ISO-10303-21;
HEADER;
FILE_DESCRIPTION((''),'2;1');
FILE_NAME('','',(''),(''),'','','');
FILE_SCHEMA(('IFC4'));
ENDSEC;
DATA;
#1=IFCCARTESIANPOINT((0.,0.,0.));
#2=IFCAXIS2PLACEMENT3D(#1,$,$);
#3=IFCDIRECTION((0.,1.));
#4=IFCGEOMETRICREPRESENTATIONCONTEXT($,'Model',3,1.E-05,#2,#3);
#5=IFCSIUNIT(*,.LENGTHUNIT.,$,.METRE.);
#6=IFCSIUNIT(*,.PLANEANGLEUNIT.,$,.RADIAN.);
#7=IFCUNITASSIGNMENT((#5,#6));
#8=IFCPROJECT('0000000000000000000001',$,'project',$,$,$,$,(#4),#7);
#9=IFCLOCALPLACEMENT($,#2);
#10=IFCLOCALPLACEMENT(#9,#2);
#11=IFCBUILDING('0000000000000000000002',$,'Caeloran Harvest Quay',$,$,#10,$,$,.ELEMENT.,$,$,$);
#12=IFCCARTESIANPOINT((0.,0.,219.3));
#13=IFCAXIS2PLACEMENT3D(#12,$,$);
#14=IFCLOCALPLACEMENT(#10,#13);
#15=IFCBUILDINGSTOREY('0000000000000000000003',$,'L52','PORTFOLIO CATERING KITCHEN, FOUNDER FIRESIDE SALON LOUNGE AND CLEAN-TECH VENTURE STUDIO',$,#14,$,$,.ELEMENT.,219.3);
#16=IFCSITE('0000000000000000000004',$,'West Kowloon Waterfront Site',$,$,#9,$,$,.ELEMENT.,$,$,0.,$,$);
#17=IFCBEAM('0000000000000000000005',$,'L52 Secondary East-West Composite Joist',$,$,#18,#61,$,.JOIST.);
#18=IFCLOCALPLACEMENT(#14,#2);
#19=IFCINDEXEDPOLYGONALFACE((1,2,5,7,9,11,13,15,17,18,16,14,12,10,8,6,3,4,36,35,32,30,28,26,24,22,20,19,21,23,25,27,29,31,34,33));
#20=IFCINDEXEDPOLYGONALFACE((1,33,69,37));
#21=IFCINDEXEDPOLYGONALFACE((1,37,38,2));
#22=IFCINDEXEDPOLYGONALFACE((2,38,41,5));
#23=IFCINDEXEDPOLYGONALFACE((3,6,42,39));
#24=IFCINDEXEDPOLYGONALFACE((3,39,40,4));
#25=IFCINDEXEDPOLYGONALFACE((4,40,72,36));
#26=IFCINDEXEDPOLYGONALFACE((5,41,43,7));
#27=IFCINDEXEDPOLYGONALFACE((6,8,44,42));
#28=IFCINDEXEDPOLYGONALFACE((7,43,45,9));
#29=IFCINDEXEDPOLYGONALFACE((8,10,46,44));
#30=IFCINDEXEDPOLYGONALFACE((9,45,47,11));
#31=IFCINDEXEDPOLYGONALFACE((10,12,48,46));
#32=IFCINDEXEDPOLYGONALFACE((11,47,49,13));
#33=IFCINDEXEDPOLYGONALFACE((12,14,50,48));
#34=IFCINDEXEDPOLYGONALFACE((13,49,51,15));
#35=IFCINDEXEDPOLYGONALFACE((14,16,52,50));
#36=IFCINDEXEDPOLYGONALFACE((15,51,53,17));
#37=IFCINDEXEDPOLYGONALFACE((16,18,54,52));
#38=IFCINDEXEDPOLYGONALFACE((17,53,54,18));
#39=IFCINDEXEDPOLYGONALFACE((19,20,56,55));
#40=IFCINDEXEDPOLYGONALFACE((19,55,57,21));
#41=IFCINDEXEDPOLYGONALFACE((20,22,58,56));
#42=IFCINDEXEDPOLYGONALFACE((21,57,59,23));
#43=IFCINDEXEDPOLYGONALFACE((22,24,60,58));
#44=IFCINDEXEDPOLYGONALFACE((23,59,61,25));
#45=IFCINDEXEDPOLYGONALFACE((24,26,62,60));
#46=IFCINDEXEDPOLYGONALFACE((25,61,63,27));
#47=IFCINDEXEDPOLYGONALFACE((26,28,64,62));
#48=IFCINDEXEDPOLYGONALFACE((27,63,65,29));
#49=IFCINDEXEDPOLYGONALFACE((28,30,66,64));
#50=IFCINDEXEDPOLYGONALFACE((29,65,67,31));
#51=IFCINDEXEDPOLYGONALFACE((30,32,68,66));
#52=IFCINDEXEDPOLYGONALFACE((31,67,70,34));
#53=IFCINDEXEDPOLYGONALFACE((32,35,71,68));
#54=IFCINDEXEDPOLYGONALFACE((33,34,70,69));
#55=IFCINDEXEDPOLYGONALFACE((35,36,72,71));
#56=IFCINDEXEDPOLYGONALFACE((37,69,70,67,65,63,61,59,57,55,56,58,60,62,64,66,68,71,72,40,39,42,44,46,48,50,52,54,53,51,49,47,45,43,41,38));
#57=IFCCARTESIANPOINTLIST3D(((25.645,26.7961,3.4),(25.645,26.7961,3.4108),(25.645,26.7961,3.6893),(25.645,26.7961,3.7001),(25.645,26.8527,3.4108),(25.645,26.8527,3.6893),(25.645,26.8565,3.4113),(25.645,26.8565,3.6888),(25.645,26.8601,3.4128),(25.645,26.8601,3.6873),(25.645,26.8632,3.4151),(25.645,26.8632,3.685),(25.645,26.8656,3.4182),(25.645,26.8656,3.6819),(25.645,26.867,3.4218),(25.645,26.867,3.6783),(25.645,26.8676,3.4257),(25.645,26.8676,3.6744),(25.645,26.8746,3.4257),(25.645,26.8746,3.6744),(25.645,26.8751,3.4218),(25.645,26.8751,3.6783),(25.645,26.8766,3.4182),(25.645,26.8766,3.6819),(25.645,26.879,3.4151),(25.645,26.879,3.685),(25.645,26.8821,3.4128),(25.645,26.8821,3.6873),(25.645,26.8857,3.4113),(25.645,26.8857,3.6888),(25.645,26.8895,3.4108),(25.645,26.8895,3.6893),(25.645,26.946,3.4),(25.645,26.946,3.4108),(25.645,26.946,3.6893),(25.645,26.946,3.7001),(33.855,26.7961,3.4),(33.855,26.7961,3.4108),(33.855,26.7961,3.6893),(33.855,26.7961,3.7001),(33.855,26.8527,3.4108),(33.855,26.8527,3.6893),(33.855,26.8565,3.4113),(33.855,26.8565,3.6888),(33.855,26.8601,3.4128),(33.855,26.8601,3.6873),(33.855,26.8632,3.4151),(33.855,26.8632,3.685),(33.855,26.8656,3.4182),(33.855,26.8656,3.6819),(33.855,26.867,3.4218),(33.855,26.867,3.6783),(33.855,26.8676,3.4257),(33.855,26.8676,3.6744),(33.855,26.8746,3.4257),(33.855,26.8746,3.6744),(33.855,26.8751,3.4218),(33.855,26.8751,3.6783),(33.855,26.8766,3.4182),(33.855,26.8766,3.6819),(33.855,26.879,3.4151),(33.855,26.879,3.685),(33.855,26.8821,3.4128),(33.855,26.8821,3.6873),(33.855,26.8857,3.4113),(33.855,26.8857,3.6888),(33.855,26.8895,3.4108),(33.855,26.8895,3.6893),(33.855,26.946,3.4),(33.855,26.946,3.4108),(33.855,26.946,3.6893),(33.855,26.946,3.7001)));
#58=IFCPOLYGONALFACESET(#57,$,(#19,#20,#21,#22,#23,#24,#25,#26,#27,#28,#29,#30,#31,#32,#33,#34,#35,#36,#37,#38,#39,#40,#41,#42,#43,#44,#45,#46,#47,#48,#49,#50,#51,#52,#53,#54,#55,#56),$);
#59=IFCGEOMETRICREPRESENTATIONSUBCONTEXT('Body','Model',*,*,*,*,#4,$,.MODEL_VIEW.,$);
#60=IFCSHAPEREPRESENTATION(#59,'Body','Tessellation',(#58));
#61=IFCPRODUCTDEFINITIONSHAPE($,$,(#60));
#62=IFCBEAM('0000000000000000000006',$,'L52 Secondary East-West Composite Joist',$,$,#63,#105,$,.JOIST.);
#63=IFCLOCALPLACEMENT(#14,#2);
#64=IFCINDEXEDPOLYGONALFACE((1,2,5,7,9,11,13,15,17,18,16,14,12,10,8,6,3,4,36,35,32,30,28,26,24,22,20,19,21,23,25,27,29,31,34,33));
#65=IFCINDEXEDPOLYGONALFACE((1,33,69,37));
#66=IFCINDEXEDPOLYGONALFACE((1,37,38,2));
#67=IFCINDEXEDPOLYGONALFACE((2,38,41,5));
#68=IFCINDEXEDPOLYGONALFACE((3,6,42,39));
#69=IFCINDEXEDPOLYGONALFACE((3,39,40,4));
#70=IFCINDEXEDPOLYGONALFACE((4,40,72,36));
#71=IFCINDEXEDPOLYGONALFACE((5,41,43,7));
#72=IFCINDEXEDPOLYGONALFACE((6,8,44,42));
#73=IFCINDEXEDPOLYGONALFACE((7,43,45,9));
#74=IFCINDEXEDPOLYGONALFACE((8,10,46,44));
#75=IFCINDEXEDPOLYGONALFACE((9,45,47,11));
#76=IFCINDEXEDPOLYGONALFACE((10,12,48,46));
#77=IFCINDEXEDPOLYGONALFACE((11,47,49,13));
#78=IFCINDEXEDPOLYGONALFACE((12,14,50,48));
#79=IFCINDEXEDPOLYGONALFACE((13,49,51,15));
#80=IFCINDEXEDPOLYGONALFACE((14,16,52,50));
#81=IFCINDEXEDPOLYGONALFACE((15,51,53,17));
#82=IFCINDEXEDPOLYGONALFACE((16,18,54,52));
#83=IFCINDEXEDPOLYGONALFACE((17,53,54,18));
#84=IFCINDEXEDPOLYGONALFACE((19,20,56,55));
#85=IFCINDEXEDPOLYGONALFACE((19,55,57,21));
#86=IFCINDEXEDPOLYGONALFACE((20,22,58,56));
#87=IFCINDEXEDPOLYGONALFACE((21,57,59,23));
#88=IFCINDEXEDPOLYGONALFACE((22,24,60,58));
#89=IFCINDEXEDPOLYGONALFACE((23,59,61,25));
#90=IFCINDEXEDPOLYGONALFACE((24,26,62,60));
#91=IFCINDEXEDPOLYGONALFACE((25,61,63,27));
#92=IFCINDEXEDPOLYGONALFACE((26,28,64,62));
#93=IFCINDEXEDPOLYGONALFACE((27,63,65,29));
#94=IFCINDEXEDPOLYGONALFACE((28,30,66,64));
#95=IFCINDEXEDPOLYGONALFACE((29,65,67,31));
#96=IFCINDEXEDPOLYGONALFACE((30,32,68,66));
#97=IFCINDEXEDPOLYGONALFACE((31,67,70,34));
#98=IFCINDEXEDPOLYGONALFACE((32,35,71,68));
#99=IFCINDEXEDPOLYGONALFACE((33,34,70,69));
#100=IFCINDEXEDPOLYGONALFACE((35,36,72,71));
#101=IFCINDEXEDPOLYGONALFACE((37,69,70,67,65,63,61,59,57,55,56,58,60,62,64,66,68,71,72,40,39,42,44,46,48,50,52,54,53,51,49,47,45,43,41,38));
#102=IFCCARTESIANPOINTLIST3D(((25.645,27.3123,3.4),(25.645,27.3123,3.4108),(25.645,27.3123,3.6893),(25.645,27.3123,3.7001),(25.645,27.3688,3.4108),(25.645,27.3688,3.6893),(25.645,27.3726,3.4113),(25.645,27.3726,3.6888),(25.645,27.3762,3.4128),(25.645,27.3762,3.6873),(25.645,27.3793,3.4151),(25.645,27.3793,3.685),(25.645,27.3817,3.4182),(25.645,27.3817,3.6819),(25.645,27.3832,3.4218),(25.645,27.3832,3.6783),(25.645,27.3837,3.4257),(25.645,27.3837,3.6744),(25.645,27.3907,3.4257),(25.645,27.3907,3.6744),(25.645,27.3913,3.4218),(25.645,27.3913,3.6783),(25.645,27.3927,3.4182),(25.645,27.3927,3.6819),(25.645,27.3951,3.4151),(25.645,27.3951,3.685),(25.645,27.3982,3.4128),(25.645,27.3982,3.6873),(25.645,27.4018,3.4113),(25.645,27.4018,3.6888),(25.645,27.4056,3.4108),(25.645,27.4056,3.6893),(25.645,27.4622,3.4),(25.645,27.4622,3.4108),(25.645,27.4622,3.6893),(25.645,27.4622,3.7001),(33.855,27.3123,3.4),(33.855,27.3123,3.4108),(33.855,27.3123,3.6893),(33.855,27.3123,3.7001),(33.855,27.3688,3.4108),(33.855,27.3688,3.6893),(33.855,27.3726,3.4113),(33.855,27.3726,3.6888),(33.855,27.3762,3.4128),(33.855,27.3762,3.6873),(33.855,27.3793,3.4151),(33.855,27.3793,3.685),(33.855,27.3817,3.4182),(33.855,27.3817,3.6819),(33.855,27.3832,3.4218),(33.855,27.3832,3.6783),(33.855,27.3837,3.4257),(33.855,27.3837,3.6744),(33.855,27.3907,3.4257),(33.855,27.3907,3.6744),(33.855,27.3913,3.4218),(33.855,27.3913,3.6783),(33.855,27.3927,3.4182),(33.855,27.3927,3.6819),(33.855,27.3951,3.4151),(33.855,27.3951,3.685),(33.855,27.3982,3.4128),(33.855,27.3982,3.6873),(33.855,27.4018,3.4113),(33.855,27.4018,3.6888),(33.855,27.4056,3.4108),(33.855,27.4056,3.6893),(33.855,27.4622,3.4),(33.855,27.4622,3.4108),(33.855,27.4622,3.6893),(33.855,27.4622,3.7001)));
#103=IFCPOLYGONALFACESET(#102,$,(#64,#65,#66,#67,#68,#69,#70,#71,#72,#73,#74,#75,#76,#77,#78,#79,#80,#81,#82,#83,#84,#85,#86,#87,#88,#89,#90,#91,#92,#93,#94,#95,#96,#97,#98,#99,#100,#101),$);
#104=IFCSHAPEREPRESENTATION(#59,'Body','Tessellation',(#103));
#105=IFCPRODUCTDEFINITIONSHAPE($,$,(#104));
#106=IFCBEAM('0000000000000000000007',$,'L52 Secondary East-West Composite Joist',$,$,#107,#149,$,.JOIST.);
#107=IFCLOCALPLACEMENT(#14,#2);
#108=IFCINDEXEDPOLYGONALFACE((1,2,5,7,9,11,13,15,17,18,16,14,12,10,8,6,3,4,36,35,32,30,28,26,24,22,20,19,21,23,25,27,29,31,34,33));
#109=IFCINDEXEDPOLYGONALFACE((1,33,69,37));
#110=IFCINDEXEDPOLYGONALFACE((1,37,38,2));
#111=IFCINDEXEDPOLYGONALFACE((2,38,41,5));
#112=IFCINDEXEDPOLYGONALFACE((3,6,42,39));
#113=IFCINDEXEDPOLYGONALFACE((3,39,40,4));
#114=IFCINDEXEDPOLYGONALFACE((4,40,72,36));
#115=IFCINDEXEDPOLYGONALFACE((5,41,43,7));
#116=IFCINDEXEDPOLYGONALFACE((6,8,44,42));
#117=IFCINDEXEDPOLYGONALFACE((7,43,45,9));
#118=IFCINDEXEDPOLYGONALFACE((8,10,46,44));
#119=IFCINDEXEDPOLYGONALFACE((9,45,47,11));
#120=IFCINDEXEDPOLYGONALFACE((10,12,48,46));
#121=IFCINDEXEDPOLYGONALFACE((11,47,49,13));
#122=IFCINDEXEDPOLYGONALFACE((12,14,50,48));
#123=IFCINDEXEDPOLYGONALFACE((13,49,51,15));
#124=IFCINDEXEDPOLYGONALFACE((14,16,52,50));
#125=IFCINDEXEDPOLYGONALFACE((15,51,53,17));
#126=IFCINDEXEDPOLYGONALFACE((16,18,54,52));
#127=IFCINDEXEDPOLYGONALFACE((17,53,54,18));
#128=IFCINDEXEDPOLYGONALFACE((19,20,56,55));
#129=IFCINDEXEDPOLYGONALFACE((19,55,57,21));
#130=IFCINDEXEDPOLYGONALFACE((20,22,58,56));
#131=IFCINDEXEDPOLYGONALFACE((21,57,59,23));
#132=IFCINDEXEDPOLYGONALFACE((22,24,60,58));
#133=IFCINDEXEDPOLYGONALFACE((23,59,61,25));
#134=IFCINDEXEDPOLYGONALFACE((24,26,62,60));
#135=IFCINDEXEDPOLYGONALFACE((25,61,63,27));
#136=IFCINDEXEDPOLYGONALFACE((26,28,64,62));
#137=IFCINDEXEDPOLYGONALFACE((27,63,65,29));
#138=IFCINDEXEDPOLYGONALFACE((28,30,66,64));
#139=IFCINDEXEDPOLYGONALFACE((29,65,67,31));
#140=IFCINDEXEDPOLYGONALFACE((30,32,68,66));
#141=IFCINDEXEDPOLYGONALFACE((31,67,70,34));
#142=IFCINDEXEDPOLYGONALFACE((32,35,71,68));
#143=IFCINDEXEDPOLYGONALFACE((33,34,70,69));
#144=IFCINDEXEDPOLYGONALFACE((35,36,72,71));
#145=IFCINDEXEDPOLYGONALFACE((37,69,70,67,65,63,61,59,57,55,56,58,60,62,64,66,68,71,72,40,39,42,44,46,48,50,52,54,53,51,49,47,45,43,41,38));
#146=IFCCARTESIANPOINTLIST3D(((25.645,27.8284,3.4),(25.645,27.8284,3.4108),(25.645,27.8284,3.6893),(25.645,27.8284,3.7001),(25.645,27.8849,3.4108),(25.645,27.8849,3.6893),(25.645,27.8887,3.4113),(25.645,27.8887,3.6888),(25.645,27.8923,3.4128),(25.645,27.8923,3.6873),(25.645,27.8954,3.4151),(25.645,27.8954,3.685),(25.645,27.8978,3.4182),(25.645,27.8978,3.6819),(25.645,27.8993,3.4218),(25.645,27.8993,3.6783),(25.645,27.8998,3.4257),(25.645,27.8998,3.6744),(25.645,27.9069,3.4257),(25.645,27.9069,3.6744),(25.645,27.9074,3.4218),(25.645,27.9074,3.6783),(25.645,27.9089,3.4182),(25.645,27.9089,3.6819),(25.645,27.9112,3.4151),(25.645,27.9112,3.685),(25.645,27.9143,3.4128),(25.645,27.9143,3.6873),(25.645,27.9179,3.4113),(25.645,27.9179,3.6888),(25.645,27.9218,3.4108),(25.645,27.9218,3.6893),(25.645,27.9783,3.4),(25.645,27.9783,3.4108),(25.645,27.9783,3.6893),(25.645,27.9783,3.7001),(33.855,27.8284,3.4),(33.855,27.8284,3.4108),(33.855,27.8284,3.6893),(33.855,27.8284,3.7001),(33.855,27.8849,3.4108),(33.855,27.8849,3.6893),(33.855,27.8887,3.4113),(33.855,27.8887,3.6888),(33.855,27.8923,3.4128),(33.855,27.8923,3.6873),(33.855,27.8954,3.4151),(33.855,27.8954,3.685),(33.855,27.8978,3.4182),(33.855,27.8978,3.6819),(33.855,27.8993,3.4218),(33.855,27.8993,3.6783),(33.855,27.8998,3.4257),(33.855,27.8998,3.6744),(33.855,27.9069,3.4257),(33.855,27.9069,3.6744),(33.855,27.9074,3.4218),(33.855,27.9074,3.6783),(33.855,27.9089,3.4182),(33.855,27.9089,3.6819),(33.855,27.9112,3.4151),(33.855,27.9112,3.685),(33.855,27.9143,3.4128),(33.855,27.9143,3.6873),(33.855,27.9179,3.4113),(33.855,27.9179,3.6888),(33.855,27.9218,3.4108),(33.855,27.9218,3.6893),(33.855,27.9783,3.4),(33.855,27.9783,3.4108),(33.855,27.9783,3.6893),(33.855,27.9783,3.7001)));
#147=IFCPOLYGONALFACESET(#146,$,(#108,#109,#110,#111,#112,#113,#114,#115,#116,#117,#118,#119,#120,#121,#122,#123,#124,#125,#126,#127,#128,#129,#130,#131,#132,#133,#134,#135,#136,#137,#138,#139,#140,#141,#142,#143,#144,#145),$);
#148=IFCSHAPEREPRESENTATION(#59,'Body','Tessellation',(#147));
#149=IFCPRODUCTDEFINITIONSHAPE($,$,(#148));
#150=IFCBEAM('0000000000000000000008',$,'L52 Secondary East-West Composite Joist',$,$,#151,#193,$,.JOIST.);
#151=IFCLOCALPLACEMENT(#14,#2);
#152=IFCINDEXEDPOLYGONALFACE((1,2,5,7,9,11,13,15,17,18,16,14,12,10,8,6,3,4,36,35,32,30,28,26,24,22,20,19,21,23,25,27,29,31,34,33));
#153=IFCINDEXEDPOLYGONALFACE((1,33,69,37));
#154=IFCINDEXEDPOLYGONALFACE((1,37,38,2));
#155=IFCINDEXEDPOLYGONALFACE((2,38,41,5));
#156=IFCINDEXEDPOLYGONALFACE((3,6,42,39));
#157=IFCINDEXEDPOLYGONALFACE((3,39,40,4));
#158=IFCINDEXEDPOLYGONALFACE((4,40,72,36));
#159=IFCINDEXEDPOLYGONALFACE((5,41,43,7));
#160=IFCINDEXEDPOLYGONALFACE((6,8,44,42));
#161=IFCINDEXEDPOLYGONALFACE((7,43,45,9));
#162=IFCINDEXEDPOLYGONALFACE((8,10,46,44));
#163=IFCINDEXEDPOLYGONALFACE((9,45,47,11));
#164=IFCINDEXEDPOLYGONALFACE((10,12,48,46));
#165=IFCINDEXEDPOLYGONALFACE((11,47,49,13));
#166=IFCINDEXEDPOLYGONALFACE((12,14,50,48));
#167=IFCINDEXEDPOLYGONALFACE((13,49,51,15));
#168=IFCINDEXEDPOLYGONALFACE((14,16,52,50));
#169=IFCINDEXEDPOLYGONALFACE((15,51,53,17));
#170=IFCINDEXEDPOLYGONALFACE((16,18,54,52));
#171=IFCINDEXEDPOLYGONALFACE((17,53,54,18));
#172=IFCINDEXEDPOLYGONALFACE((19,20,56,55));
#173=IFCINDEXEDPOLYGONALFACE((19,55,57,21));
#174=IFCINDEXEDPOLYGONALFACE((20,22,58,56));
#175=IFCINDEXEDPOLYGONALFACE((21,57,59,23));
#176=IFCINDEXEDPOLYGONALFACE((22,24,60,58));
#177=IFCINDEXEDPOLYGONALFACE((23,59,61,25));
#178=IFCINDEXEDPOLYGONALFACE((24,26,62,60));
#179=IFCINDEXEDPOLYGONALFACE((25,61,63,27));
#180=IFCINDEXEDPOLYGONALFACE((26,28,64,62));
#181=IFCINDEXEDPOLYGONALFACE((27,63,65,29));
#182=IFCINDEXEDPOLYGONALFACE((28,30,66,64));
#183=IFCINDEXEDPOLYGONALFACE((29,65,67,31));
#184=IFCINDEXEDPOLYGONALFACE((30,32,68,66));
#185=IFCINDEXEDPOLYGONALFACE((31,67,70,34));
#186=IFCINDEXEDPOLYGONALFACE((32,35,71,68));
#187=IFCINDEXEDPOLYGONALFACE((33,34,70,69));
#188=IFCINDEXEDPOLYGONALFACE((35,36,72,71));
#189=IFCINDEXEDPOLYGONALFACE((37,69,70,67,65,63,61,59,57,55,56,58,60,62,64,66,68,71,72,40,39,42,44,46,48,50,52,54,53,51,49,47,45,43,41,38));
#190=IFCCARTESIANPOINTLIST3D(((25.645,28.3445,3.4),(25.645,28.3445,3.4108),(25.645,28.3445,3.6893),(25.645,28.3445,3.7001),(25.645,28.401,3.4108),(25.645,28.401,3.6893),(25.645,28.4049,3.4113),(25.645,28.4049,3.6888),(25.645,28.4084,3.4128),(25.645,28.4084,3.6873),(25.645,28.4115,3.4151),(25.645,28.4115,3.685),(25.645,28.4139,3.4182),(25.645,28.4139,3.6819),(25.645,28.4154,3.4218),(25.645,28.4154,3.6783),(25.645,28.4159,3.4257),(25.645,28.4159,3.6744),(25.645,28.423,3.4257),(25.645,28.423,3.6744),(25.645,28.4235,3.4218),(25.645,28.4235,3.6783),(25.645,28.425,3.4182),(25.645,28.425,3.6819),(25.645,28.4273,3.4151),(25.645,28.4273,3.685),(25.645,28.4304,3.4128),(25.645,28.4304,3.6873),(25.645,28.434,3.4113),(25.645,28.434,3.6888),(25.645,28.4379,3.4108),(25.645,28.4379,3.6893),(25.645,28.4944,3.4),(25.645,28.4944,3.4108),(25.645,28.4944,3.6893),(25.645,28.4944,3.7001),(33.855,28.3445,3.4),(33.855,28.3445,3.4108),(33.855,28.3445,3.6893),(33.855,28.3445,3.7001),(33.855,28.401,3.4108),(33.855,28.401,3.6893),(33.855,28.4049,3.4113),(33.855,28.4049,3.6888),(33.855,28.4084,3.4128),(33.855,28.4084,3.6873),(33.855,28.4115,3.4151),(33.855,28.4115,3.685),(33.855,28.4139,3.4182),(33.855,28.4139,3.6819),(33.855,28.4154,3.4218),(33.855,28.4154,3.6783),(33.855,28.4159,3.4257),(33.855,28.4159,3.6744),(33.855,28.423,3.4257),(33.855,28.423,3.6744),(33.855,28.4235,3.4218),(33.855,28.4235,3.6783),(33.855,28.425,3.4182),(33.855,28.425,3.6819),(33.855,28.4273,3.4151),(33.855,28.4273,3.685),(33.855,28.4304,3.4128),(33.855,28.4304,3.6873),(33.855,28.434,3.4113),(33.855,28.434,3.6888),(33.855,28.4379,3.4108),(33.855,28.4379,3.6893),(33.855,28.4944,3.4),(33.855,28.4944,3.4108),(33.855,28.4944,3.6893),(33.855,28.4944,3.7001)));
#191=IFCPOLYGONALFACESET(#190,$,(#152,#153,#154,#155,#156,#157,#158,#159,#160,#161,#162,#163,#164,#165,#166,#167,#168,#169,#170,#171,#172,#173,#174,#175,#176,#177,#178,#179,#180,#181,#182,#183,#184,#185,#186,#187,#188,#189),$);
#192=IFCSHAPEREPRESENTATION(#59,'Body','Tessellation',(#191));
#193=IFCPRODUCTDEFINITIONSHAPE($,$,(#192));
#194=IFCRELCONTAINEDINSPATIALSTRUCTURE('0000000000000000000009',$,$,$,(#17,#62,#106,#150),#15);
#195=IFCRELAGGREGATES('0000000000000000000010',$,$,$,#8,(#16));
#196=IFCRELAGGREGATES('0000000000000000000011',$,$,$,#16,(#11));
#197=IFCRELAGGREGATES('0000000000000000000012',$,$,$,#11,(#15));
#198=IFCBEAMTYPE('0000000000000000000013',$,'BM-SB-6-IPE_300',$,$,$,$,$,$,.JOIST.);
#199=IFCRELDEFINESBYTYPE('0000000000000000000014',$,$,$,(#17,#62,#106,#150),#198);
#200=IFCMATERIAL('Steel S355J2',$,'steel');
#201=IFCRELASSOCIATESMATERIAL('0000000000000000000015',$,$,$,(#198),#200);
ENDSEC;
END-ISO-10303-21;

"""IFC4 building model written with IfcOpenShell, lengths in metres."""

from ifc_helpers import new_model, si_unit, direction, frame, origin, origin_2d, place, context, subcontext, project, spatial, i_section, extrude, material, material_profile, profile_set, type_object, element, save


model = new_model("IFC4")

# Units and contexts
model_context = context("Model", 3, precision=1e-05, world=origin(), true_north=direction((0.0, 1.0)))
body_context = subcontext(model_context, "Body", "Model", "MODEL_VIEW")
ifc_project = project(units=[si_unit("LENGTHUNIT", "METRE"), si_unit("PLANEANGLEUNIT", "RADIAN")], contexts=[model_context])

# Site, building, storey
site_placement = place(None, origin())
site = spatial("IfcSite", under=ifc_project, at=site_placement, Name="West Kowloon Waterfront Site", CompositionType="ELEMENT", RefElevation=0.0)
building_placement = place(site_placement, origin())
building = spatial("IfcBuilding", under=site, at=building_placement, Name="Caeloran Harvest Quay", CompositionType="ELEMENT")
storey_placement = place(building_placement, frame((0.0, 0.0, 219.3)))
storey = spatial("IfcBuildingStorey", under=building, at=storey_placement, Name="L52", Description="PORTFOLIO CATERING KITCHEN, FOUNDER FIRESIDE SALON LOUNGE AND CLEAN-TECH VENTURE STUDIO", CompositionType="ELEMENT", Elevation=219.3)

# Beams
ifc_material_1 = material(Name="Steel S355J2", Category="steel")
ifc_material_profile_1 = material_profile(ifc_material_1, i_section(OverallWidth=0.1499, OverallDepth=0.3, WebThickness=0.0071, FlangeThickness=0.0107, FilletRadius=0.0149, at=origin_2d()), Name="IPE 300")
ifc_profile_set_1 = profile_set([ifc_material_profile_1], Name="Steel S355J2")
beam_type_1 = type_object("IfcBeamType", Name="BM-SB-6-IPE_300", PredefinedType="JOIST", material=ifc_profile_set_1)
for number, where, z_axis, x_axis, name in (
    (1, (25.645, 26.8711, 3.55), (1.0, 0.0, 0.0), (0.0, 1.0, 0.0), "L52 Secondary East-West Composite Joist"),
    (2, (25.645, 27.3872, 3.55), (1.0, 0.0, 0.0), (0.0, 1.0, 0.0), "L52 Secondary East-West Composite Joist"),
    (3, (25.645, 27.9033, 3.55), (1.0, 0.0, 0.0), (0.0, 1.0, 0.0), "L52 Secondary East-West Composite Joist"),
    (4, (25.645, 28.4194, 3.55), (1.0, 0.0, 0.0), (0.0, 1.0, 0.0), "L52 Secondary East-West Composite Joist"),
):
    element("IfcBeam", number, at=place(storey_placement, frame(where, z_axis=z_axis, x_axis=x_axis)), inside=storey, type_object=beam_type_1, Name=name, PredefinedType="JOIST", context=body_context, shape_type="SweptSolid", body=[
        extrude(i_section(OverallWidth=0.1499, OverallDepth=0.3, WebThickness=0.0071, FlangeThickness=0.0107, FilletRadius=0.0149, at=origin_2d()), origin(), (0.0, 0.0, 1.0), 8.21),
    ])

save(model, "model.ifc")
